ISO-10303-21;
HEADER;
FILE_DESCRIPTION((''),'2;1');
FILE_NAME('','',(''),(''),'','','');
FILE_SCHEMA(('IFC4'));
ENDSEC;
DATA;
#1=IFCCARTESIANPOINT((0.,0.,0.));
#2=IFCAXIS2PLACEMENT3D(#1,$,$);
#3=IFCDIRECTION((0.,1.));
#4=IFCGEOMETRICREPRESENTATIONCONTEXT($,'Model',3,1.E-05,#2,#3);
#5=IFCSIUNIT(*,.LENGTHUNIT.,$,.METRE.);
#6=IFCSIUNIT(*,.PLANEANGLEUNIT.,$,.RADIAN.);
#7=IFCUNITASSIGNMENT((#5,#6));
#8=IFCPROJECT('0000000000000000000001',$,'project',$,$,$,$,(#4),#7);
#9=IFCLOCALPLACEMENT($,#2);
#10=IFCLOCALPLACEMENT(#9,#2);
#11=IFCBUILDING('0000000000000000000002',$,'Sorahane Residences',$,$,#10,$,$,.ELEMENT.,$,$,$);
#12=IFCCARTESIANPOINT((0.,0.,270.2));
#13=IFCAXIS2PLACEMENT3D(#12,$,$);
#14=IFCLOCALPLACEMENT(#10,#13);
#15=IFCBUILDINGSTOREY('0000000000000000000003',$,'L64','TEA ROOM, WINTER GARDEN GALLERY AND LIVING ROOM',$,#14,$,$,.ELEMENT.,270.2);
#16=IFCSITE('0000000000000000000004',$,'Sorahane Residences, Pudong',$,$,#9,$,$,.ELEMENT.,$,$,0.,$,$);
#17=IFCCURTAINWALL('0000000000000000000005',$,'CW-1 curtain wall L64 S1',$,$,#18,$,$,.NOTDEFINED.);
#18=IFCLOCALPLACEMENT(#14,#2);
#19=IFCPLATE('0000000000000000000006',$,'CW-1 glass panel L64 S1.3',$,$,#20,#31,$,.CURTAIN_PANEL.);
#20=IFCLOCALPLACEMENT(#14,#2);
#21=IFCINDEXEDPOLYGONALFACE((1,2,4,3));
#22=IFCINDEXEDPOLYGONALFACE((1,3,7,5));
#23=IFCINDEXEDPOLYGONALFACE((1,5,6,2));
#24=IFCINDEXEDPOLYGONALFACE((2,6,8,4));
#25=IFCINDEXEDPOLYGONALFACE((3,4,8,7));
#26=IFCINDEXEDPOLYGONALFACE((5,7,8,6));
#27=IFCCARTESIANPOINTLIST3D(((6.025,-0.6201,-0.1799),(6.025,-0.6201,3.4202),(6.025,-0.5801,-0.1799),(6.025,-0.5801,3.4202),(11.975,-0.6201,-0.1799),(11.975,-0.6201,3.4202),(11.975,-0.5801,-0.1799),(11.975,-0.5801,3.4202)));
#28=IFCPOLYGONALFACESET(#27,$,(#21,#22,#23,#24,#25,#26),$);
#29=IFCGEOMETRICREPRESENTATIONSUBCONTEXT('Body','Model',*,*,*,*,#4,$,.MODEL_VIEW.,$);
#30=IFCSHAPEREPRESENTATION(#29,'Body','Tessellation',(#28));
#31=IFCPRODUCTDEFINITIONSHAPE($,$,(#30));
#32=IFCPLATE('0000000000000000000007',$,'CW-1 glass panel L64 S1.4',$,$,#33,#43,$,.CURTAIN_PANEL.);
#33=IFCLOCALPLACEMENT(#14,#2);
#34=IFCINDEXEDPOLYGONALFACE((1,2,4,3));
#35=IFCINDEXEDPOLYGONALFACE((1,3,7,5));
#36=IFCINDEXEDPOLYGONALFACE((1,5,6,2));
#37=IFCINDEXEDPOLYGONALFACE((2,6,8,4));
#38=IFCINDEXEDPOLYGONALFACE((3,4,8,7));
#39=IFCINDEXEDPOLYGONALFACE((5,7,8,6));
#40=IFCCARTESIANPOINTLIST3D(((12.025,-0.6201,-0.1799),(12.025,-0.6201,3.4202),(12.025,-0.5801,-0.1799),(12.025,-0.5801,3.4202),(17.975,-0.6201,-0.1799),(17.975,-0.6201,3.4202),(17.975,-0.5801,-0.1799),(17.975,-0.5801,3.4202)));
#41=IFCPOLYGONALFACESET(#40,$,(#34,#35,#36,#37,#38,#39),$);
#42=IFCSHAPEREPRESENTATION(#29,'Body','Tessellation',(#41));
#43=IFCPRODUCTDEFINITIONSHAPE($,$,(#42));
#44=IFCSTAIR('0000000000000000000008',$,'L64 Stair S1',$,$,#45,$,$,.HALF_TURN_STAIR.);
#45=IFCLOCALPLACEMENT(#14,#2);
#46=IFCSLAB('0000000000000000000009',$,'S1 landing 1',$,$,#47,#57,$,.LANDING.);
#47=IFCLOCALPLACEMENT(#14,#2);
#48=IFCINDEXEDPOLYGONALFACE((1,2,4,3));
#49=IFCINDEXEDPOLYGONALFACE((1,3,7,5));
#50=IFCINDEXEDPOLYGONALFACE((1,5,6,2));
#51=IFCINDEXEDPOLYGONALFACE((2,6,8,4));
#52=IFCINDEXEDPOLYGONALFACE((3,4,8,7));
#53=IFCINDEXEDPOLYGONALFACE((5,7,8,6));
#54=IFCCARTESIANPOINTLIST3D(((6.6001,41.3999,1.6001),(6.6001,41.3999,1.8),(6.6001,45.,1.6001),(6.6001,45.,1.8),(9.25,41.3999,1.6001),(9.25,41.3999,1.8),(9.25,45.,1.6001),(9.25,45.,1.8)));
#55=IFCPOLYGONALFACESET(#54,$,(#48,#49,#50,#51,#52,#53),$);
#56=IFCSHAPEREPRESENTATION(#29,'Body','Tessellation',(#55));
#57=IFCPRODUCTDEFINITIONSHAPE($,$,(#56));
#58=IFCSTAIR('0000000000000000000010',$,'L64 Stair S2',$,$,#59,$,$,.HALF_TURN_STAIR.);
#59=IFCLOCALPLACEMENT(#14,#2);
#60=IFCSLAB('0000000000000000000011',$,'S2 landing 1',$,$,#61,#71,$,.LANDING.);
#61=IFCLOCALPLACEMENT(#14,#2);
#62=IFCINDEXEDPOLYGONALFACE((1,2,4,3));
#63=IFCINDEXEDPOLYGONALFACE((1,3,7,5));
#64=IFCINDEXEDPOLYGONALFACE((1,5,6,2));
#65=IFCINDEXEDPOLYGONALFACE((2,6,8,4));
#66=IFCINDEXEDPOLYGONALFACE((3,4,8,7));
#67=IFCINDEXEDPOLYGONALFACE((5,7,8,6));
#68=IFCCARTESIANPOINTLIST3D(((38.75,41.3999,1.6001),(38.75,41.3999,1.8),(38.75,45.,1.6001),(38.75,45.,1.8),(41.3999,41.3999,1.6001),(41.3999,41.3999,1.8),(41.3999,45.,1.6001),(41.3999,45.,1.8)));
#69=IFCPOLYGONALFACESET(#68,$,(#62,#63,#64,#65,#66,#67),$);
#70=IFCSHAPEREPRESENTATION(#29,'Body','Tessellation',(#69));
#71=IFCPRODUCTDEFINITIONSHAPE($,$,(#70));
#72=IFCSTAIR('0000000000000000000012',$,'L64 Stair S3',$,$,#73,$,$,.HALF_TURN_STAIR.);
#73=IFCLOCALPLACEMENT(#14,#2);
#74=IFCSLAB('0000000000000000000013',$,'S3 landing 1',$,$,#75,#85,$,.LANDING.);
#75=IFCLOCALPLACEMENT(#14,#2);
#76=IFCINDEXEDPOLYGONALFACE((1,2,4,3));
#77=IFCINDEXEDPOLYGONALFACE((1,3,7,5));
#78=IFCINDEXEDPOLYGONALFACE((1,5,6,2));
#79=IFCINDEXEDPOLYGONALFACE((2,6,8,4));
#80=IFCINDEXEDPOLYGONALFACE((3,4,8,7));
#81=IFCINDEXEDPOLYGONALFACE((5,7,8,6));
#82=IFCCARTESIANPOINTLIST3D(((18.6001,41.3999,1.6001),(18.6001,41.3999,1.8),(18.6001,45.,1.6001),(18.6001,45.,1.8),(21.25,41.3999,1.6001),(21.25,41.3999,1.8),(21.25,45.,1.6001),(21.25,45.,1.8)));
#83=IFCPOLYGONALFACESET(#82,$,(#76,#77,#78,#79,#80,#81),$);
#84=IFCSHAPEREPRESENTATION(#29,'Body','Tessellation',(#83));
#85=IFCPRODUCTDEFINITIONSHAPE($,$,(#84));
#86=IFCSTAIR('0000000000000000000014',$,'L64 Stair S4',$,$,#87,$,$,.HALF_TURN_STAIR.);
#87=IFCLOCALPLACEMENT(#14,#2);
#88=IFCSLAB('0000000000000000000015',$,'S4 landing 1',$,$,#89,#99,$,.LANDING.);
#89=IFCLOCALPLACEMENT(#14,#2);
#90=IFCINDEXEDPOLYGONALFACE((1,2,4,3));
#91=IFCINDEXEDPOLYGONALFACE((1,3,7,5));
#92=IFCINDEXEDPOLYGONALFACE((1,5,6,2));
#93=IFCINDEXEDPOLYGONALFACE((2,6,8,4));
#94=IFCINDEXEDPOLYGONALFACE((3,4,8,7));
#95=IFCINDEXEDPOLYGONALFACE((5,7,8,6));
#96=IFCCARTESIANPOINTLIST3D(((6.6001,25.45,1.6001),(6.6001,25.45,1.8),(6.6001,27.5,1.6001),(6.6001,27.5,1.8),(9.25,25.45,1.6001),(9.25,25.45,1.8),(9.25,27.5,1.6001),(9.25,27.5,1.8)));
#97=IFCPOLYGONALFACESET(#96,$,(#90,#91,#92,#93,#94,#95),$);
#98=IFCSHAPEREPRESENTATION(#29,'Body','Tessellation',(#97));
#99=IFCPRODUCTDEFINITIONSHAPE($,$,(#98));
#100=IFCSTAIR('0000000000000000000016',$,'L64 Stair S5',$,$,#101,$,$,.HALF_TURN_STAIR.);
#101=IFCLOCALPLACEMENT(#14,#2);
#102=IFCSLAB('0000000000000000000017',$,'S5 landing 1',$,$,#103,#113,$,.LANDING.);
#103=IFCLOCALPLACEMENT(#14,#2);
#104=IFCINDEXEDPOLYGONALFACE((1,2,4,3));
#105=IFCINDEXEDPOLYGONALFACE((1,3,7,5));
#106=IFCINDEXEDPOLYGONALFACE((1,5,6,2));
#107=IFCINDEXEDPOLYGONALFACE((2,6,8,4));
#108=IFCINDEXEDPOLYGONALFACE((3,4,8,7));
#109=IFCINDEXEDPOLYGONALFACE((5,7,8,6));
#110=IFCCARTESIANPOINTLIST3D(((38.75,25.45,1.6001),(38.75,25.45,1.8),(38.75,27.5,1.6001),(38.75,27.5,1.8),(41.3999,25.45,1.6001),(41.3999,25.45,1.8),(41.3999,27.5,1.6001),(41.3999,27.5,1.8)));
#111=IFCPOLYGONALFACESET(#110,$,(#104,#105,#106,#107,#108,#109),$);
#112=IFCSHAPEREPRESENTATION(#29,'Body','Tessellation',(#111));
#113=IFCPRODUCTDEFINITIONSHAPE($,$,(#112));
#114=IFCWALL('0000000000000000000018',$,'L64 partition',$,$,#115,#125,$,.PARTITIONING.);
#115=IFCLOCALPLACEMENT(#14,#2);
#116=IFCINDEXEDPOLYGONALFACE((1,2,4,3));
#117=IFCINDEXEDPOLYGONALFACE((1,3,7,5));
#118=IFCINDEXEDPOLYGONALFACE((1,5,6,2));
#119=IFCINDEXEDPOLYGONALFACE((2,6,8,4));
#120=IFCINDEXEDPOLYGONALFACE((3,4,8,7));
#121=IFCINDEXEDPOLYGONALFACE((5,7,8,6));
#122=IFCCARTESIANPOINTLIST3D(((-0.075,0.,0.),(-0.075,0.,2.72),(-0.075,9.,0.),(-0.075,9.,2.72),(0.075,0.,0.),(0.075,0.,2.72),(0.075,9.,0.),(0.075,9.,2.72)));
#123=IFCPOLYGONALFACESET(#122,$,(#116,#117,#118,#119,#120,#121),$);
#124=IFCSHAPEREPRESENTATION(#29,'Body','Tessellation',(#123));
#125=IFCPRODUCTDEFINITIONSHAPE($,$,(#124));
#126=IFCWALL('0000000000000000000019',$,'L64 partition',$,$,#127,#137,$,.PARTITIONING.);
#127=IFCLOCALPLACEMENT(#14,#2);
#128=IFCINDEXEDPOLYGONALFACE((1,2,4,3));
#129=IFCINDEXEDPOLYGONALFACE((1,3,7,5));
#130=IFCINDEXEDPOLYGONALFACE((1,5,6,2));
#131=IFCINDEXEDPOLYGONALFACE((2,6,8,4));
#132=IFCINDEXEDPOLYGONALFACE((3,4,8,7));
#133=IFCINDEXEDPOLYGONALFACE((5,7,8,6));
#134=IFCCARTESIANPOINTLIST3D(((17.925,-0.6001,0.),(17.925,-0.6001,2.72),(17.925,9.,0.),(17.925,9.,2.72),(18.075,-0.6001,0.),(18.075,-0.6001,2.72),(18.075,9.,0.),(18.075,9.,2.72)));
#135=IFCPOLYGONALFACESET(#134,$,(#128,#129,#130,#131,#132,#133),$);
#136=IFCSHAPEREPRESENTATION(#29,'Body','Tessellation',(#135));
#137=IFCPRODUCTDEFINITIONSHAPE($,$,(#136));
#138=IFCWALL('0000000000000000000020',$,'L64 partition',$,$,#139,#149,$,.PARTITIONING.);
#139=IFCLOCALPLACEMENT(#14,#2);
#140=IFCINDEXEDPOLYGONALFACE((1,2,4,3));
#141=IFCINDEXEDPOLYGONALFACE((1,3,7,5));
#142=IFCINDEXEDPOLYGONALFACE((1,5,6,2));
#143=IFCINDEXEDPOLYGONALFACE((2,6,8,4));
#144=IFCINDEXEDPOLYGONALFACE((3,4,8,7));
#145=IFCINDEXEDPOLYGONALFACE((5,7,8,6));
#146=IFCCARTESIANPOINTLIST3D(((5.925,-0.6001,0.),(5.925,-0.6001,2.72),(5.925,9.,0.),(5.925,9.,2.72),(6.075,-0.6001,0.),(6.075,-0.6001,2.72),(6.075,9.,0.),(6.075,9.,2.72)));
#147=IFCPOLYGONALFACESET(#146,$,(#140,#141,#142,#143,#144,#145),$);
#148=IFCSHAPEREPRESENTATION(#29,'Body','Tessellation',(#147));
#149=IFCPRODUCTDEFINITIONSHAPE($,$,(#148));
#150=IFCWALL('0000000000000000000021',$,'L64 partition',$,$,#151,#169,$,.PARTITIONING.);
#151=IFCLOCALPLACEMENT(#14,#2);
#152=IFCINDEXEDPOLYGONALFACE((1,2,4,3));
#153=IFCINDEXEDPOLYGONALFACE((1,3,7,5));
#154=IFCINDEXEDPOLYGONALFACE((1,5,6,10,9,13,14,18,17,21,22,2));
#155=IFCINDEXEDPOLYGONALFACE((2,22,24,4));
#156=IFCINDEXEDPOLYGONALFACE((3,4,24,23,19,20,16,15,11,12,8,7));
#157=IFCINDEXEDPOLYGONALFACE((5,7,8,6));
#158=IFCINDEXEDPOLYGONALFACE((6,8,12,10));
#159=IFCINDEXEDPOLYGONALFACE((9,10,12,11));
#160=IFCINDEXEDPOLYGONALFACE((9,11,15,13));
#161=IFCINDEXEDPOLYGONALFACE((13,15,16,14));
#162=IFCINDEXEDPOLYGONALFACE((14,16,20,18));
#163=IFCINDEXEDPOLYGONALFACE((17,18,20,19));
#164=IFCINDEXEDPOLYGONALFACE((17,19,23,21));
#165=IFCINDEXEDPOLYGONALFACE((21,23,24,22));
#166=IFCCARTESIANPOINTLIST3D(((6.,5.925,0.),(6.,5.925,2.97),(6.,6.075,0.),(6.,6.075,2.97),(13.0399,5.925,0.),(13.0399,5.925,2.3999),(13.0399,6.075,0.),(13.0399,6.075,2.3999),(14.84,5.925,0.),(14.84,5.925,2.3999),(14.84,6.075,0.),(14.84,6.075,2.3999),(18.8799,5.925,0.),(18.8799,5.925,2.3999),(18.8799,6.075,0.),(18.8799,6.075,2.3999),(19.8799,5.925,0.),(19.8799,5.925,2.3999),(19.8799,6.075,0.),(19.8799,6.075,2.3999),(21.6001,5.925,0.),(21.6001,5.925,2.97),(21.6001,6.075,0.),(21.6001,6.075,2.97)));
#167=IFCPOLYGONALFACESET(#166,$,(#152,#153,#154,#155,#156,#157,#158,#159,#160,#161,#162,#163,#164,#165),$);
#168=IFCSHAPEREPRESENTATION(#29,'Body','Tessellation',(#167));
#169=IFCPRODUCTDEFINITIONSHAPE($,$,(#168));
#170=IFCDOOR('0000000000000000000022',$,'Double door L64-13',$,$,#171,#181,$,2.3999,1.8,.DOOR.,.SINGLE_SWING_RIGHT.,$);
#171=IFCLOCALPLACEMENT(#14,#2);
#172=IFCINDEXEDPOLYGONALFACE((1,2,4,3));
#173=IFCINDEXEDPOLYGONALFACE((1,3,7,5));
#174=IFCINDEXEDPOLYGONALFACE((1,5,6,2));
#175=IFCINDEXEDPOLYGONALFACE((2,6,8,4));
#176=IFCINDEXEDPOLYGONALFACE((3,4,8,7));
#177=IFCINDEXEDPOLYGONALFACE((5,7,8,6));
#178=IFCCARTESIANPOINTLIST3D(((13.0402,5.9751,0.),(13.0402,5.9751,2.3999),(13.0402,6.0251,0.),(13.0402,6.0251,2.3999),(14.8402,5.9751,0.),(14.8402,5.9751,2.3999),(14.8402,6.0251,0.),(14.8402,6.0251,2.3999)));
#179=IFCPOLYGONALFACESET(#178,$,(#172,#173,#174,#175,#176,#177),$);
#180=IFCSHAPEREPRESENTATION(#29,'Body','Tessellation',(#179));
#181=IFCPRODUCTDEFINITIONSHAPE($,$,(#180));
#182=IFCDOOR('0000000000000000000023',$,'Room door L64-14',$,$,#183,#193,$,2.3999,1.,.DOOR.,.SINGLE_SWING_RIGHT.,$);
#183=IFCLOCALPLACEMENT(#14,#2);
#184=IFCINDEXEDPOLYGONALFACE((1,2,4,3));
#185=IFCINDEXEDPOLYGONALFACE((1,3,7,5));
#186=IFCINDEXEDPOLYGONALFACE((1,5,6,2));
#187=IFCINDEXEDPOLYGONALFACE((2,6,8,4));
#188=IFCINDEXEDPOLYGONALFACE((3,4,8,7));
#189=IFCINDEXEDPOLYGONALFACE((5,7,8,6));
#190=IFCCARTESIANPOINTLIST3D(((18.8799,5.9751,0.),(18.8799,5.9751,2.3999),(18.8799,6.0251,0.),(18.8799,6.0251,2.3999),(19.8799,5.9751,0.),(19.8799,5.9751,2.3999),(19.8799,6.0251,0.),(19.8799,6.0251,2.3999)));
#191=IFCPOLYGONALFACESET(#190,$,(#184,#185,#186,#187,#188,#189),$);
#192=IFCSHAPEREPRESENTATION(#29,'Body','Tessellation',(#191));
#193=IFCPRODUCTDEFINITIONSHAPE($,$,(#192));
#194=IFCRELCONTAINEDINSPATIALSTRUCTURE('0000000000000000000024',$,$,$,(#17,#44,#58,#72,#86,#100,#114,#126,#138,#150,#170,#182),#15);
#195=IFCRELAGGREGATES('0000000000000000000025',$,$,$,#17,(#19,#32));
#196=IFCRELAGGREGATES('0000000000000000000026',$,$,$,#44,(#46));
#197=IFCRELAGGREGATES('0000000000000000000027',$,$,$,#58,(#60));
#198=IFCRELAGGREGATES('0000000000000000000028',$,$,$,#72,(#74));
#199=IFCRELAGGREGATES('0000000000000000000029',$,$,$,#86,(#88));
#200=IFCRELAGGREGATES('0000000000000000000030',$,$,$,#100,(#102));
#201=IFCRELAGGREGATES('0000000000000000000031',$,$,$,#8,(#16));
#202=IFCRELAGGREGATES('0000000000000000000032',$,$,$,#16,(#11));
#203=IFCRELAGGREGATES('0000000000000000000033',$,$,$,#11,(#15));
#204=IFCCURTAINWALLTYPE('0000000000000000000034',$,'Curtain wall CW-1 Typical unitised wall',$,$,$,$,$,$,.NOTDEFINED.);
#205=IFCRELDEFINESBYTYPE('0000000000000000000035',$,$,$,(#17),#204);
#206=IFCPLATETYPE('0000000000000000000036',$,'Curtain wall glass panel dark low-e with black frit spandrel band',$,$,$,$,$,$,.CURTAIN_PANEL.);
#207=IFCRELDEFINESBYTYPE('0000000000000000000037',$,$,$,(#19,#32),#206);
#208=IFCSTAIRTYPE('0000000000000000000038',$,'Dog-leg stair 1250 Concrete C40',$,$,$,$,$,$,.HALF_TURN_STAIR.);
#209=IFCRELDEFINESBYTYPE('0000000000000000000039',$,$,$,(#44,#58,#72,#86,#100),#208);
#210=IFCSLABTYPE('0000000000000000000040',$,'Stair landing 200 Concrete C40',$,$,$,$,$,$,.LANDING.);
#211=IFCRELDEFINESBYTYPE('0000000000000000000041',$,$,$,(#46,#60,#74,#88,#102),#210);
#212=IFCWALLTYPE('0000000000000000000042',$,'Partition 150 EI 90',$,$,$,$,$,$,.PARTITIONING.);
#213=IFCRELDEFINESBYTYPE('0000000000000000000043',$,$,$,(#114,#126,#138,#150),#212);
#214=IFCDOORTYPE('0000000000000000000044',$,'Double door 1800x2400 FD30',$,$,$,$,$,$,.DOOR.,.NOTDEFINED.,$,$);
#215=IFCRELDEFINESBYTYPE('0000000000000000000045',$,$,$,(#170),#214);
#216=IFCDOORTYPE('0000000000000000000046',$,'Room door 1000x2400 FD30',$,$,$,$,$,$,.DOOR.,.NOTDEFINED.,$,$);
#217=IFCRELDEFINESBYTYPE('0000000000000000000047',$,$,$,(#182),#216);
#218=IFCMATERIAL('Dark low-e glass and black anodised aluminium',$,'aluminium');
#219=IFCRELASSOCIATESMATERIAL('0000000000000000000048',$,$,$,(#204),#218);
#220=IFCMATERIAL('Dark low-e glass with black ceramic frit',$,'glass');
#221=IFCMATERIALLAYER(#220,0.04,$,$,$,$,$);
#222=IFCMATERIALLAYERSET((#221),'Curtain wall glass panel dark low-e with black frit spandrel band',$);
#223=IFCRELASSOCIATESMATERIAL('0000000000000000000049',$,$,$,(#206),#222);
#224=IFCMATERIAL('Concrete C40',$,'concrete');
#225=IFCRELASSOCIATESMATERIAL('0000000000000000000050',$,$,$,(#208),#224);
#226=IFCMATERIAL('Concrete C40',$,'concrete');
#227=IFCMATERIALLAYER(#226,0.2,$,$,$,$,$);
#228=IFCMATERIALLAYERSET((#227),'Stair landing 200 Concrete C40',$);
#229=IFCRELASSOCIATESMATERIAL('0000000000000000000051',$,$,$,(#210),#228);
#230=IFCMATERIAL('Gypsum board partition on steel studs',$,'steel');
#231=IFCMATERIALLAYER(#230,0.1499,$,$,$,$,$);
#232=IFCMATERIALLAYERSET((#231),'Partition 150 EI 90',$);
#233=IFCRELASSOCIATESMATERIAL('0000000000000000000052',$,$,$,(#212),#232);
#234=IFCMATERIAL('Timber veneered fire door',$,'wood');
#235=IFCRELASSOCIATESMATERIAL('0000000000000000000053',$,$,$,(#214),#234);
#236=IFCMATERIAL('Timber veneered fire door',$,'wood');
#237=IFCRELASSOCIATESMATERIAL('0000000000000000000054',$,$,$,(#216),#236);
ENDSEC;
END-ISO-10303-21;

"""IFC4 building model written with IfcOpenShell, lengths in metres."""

from ifc_helpers import new_model, si_unit, direction, frame, frame_2d, origin, origin_2d, place, context, subcontext, project, spatial, polyline, rectangle, outline, extrude, material, layer, layer_set, type_object, element, fill, aggregate, save


model = new_model("IFC4")

# Units and contexts
model_context = context("Model", 3, precision=1e-05, world=origin(), true_north=direction((0.0, 1.0)))
body_context = subcontext(model_context, "Body", "Model", "MODEL_VIEW")
ifc_project = project(units=[si_unit("LENGTHUNIT", "METRE"), si_unit("PLANEANGLEUNIT", "RADIAN")], contexts=[model_context])

# Site, building, storey
site_placement = place(None, origin())
site = spatial("IfcSite", under=ifc_project, at=site_placement, Name="Sorahane Residences, Pudong", CompositionType="ELEMENT", RefElevation=0.0)
building_placement = place(site_placement, origin())
building = spatial("IfcBuilding", under=site, at=building_placement, Name="Sorahane Residences", CompositionType="ELEMENT")
storey_placement = place(building_placement, frame((0.0, 0.0, 270.2)))
storey = spatial("IfcBuildingStorey", under=building, at=storey_placement, Name="L64", Description="TEA ROOM, WINTER GARDEN GALLERY AND LIVING ROOM", CompositionType="ELEMENT", Elevation=270.2)

# Curtain wall
ifc_material_1 = material(Name="Dark low-e glass and black anodised aluminium", Category="aluminium")
curtain_wall_type = type_object("IfcCurtainWallType", Name="Curtain wall CW-1 Typical unitised wall", PredefinedType="NOTDEFINED", material=ifc_material_1)
curtain_wall_placement = place(storey_placement, origin())
curtain_wall = element("IfcCurtainWall", 1, at=curtain_wall_placement, inside=storey, type_object=curtain_wall_type, Name="CW-1 curtain wall L64 S1", PredefinedType="NOTDEFINED")

# Plates
ifc_material_2 = material(Name="Dark low-e glass with black ceramic frit", Category="glass")
ifc_layer_1 = layer(ifc_material_2, 0.04)
ifc_layer_set_1 = layer_set([ifc_layer_1], Name="Curtain wall glass panel dark low-e with black frit spandrel band")
plate_type = type_object("IfcPlateType", Name="Curtain wall glass panel dark low-e with black frit spandrel band", PredefinedType="CURTAIN_PANEL", material=ifc_layer_set_1)
plate_1_placement = place(storey_placement, frame((9.0, -0.6001, -0.1799), z_axis=(0.0, 0.0, 1.0), x_axis=(1.0, 0.0, 0.0)))
plate_1 = element("IfcPlate", 2, at=plate_1_placement, type_object=plate_type, Name="CW-1 glass panel L64 S1.3", PredefinedType="CURTAIN_PANEL", context=body_context, shape_type="SweptSolid", body=[
    extrude(rectangle(XDim=5.95, YDim=0.04, at=origin_2d()), origin(), (0.0, 0.0, 1.0), 3.6001),
])
plate_2_placement = place(storey_placement, frame((15.0, -0.6001, -0.1799), z_axis=(0.0, 0.0, 1.0), x_axis=(1.0, 0.0, 0.0)))
plate_2 = element("IfcPlate", 3, at=plate_2_placement, type_object=plate_type, Name="CW-1 glass panel L64 S1.4", PredefinedType="CURTAIN_PANEL", context=body_context, shape_type="SweptSolid", body=[
    extrude(rectangle(XDim=5.95, YDim=0.04, at=origin_2d()), origin(), (0.0, 0.0, 1.0), 3.6001),
])
aggregate(curtain_wall, [plate_1, plate_2])

# Stairs, slabs
ifc_material_3 = material(Name="Concrete C40", Category="concrete")
stair_type = type_object("IfcStairType", Name="Dog-leg stair 1250 Concrete C40", PredefinedType="HALF_TURN_STAIR", material=ifc_material_3)
stair_1_placement = place(storey_placement, origin())
stair_1 = element("IfcStair", 4, at=stair_1_placement, inside=storey, type_object=stair_type, Name="L64 Stair S1", PredefinedType="HALF_TURN_STAIR")
ifc_material_4 = material(Name="Concrete C40", Category="concrete")
ifc_layer_2 = layer(ifc_material_4, 0.2)
ifc_layer_set_2 = layer_set([ifc_layer_2], Name="Stair landing 200 Concrete C40")
slab_type_1 = type_object("IfcSlabType", Name="Stair landing 200 Concrete C40", PredefinedType="LANDING", material=ifc_layer_set_2)
slab_1_placement = place(storey_placement, frame((0.0, 0.0, 1.6001)))
slab_1 = element("IfcSlab", 5, at=slab_1_placement, type_object=slab_type_1, Name="S1 landing 1", PredefinedType="LANDING", context=body_context, shape_type="SweptSolid", body=[
    extrude(outline(polyline([(9.25, 41.3999), (9.25, 45.0), (6.6001, 45.0), (6.6001, 41.3999), (9.25, 41.3999)])), origin(), (0.0, 0.0, 1.0), 0.2),
])
aggregate(stair_1, [slab_1])
stair_2_placement = place(storey_placement, origin())
stair_2 = element("IfcStair", 6, at=stair_2_placement, inside=storey, type_object=stair_type, Name="L64 Stair S2", PredefinedType="HALF_TURN_STAIR")
slab_2_placement = place(storey_placement, frame((0.0, 0.0, 1.6001)))
slab_2 = element("IfcSlab", 7, at=slab_2_placement, type_object=slab_type_1, Name="S2 landing 1", PredefinedType="LANDING", context=body_context, shape_type="SweptSolid", body=[
    extrude(outline(polyline([(41.3999, 41.3999), (41.3999, 45.0), (38.75, 45.0), (38.75, 41.3999), (41.3999, 41.3999)])), origin(), (0.0, 0.0, 1.0), 0.2),
])
aggregate(stair_2, [slab_2])
stair_3_placement = place(storey_placement, origin())
stair_3 = element("IfcStair", 8, at=stair_3_placement, inside=storey, type_object=stair_type, Name="L64 Stair S3", PredefinedType="HALF_TURN_STAIR")
slab_3_placement = place(storey_placement, frame((0.0, 0.0, 1.6001)))
slab_3 = element("IfcSlab", 9, at=slab_3_placement, type_object=slab_type_1, Name="S3 landing 1", PredefinedType="LANDING", context=body_context, shape_type="SweptSolid", body=[
    extrude(outline(polyline([(21.25, 41.3999), (21.25, 45.0), (18.6001, 45.0), (18.6001, 41.3999), (21.25, 41.3999)])), origin(), (0.0, 0.0, 1.0), 0.2),
])
aggregate(stair_3, [slab_3])
stair_4_placement = place(storey_placement, origin())
stair_4 = element("IfcStair", 10, at=stair_4_placement, inside=storey, type_object=stair_type, Name="L64 Stair S4", PredefinedType="HALF_TURN_STAIR")
slab_4_placement = place(storey_placement, frame((0.0, 0.0, 1.6001)))
slab_4 = element("IfcSlab", 11, at=slab_4_placement, type_object=slab_type_1, Name="S4 landing 1", PredefinedType="LANDING", context=body_context, shape_type="SweptSolid", body=[
    extrude(outline(polyline([(9.25, 25.45), (9.25, 27.5), (6.6001, 27.5), (6.6001, 25.45), (9.25, 25.45)])), origin(), (0.0, 0.0, 1.0), 0.2),
])
aggregate(stair_4, [slab_4])
stair_5_placement = place(storey_placement, origin())
stair_5 = element("IfcStair", 12, at=stair_5_placement, inside=storey, type_object=stair_type, Name="L64 Stair S5", PredefinedType="HALF_TURN_STAIR")
slab_5_placement = place(storey_placement, frame((0.0, 0.0, 1.6001)))
slab_5 = element("IfcSlab", 13, at=slab_5_placement, type_object=slab_type_1, Name="S5 landing 1", PredefinedType="LANDING", context=body_context, shape_type="SweptSolid", body=[
    extrude(outline(polyline([(41.3999, 25.45), (41.3999, 27.5), (38.75, 27.5), (38.75, 25.45), (41.3999, 25.45)])), origin(), (0.0, 0.0, 1.0), 0.2),
])
aggregate(stair_5, [slab_5])

# Walls
ifc_material_5 = material(Name="Gypsum board partition on steel studs", Category="steel")
ifc_layer_3 = layer(ifc_material_5, 0.1499)
ifc_layer_set_3 = layer_set([ifc_layer_3], Name="Partition 150 EI 90")
wall_type = type_object("IfcWallType", Name="Partition 150 EI 90", PredefinedType="PARTITIONING", material=ifc_layer_set_3)
wall_1_placement = place(storey_placement, frame((0.0, 0.0, 0.0), z_axis=(0.0, 0.0, 1.0), x_axis=(0.0, 1.0, 0.0)))
element("IfcWall", 14, at=wall_1_placement, inside=storey, type_object=wall_type, Name="L64 partition", PredefinedType="PARTITIONING", context=body_context, shape_type="SweptSolid", body=[
    extrude(rectangle(XDim=9.0, YDim=0.1499, at=frame_2d((4.5, 0.0))), origin(), (0.0, 0.0, 1.0), 2.72),
])
for number, where, z_axis, x_axis, name in (
    (15, (18.0, -0.6001, 0.0), (0.0, 0.0, 1.0), (0.0, 1.0, 0.0), "L64 partition"),
    (16, (6.0, -0.6001, 0.0), (0.0, 0.0, 1.0), (0.0, 1.0, 0.0), "L64 partition"),
):
    element("IfcWall", number, at=place(storey_placement, frame(where, z_axis=z_axis, x_axis=x_axis)), inside=storey, type_object=wall_type, Name=name, PredefinedType="PARTITIONING", context=body_context, shape_type="SweptSolid", body=[
        extrude(rectangle(XDim=9.6001, YDim=0.1499, at=frame_2d((4.8, 0.0))), origin(), (0.0, 0.0, 1.0), 2.72),
    ])

# Wall, openings, doors
wall_2_placement = place(storey_placement, frame((6.0, 6.0, 0.0), z_axis=(0.0, 0.0, 1.0), x_axis=(1.0, 0.0, 0.0)))
wall_2 = element("IfcWall", 17, at=wall_2_placement, inside=storey, type_object=wall_type, Name="L64 partition", PredefinedType="PARTITIONING", context=body_context, shape_type="SweptSolid", body=[
    extrude(rectangle(XDim=15.6001, YDim=0.1499, at=frame_2d((7.8, 0.0))), origin(), (0.0, 0.0, 1.0), 2.97),
])
opening_1_placement = place(wall_2_placement, frame((7.04, 0.0, 0.0)))
opening_1 = element("IfcOpeningElement", 18, at=opening_1_placement, cuts=wall_2, PredefinedType="OPENING", context=body_context, shape_type="SweptSolid", body=[
    extrude(rectangle(XDim=1.8, YDim=2.3999, at=frame_2d((0.8999, 1.2))), frame((0.0, 0.085, 0.0), z_axis=(0.0, -1.0, 0.0), x_axis=(1.0, 0.0, 0.0)), (0.0, 0.0, 1.0), 0.1699),
])
opening_2_placement = place(wall_2_placement, frame((12.8799, 0.0, 0.0)))
opening_2 = element("IfcOpeningElement", 19, at=opening_2_placement, cuts=wall_2, PredefinedType="OPENING", context=body_context, shape_type="SweptSolid", body=[
    extrude(rectangle(XDim=1.0, YDim=2.3999, at=frame_2d((0.5, 1.2))), frame((0.0, 0.085, 0.0), z_axis=(0.0, -1.0, 0.0), x_axis=(1.0, 0.0, 0.0)), (0.0, 0.0, 1.0), 0.1699),
])
ifc_material_6 = material(Name="Timber veneered fire door", Category="wood")
door_type_1 = type_object("IfcDoorType", Name="Double door 1800x2400 FD30", OperationType="NOTDEFINED", PredefinedType="DOOR", material=ifc_material_6)
door_1_placement = place(opening_1_placement, frame((1.8, 0.0, 0.0), z_axis=(0.0, 0.0, 1.0), x_axis=(-1.0, 0.0, 0.0)))
door_1 = element("IfcDoor", 20, at=door_1_placement, inside=storey, type_object=door_type_1, Name="Double door L64-13", OperationType="SINGLE_SWING_RIGHT", OverallHeight=2.3999, OverallWidth=1.8, PredefinedType="DOOR", context=body_context, shape_type="SweptSolid", body=[
    extrude(rectangle(XDim=1.8, YDim=2.3999, at=frame_2d((0.8999, 1.2))), frame((0.0, 0.0249, 0.0), z_axis=(0.0, -1.0, 0.0), x_axis=(1.0, 0.0, 0.0)), (0.0, 0.0, 1.0), 0.05),
])
fill(opening_1, door_1)
ifc_material_7 = material(Name="Timber veneered fire door", Category="wood")
door_type_2 = type_object("IfcDoorType", Name="Room door 1000x2400 FD30", OperationType="NOTDEFINED", PredefinedType="DOOR", material=ifc_material_7)
door_2_placement = place(opening_2_placement, frame((1.0, 0.0, 0.0), z_axis=(0.0, 0.0, 1.0), x_axis=(-1.0, 0.0, 0.0)))
door_2 = element("IfcDoor", 21, at=door_2_placement, inside=storey, type_object=door_type_2, Name="Room door L64-14", OperationType="SINGLE_SWING_RIGHT", OverallHeight=2.3999, OverallWidth=1.0, PredefinedType="DOOR", context=body_context, shape_type="SweptSolid", body=[
    extrude(rectangle(XDim=1.0, YDim=2.3999, at=frame_2d((0.5, 1.2))), frame((0.0, 0.0249, 0.0), z_axis=(0.0, -1.0, 0.0), x_axis=(1.0, 0.0, 0.0)), (0.0, 0.0, 1.0), 0.05),
])
fill(opening_2, door_2)

save(model, "model.ifc")
